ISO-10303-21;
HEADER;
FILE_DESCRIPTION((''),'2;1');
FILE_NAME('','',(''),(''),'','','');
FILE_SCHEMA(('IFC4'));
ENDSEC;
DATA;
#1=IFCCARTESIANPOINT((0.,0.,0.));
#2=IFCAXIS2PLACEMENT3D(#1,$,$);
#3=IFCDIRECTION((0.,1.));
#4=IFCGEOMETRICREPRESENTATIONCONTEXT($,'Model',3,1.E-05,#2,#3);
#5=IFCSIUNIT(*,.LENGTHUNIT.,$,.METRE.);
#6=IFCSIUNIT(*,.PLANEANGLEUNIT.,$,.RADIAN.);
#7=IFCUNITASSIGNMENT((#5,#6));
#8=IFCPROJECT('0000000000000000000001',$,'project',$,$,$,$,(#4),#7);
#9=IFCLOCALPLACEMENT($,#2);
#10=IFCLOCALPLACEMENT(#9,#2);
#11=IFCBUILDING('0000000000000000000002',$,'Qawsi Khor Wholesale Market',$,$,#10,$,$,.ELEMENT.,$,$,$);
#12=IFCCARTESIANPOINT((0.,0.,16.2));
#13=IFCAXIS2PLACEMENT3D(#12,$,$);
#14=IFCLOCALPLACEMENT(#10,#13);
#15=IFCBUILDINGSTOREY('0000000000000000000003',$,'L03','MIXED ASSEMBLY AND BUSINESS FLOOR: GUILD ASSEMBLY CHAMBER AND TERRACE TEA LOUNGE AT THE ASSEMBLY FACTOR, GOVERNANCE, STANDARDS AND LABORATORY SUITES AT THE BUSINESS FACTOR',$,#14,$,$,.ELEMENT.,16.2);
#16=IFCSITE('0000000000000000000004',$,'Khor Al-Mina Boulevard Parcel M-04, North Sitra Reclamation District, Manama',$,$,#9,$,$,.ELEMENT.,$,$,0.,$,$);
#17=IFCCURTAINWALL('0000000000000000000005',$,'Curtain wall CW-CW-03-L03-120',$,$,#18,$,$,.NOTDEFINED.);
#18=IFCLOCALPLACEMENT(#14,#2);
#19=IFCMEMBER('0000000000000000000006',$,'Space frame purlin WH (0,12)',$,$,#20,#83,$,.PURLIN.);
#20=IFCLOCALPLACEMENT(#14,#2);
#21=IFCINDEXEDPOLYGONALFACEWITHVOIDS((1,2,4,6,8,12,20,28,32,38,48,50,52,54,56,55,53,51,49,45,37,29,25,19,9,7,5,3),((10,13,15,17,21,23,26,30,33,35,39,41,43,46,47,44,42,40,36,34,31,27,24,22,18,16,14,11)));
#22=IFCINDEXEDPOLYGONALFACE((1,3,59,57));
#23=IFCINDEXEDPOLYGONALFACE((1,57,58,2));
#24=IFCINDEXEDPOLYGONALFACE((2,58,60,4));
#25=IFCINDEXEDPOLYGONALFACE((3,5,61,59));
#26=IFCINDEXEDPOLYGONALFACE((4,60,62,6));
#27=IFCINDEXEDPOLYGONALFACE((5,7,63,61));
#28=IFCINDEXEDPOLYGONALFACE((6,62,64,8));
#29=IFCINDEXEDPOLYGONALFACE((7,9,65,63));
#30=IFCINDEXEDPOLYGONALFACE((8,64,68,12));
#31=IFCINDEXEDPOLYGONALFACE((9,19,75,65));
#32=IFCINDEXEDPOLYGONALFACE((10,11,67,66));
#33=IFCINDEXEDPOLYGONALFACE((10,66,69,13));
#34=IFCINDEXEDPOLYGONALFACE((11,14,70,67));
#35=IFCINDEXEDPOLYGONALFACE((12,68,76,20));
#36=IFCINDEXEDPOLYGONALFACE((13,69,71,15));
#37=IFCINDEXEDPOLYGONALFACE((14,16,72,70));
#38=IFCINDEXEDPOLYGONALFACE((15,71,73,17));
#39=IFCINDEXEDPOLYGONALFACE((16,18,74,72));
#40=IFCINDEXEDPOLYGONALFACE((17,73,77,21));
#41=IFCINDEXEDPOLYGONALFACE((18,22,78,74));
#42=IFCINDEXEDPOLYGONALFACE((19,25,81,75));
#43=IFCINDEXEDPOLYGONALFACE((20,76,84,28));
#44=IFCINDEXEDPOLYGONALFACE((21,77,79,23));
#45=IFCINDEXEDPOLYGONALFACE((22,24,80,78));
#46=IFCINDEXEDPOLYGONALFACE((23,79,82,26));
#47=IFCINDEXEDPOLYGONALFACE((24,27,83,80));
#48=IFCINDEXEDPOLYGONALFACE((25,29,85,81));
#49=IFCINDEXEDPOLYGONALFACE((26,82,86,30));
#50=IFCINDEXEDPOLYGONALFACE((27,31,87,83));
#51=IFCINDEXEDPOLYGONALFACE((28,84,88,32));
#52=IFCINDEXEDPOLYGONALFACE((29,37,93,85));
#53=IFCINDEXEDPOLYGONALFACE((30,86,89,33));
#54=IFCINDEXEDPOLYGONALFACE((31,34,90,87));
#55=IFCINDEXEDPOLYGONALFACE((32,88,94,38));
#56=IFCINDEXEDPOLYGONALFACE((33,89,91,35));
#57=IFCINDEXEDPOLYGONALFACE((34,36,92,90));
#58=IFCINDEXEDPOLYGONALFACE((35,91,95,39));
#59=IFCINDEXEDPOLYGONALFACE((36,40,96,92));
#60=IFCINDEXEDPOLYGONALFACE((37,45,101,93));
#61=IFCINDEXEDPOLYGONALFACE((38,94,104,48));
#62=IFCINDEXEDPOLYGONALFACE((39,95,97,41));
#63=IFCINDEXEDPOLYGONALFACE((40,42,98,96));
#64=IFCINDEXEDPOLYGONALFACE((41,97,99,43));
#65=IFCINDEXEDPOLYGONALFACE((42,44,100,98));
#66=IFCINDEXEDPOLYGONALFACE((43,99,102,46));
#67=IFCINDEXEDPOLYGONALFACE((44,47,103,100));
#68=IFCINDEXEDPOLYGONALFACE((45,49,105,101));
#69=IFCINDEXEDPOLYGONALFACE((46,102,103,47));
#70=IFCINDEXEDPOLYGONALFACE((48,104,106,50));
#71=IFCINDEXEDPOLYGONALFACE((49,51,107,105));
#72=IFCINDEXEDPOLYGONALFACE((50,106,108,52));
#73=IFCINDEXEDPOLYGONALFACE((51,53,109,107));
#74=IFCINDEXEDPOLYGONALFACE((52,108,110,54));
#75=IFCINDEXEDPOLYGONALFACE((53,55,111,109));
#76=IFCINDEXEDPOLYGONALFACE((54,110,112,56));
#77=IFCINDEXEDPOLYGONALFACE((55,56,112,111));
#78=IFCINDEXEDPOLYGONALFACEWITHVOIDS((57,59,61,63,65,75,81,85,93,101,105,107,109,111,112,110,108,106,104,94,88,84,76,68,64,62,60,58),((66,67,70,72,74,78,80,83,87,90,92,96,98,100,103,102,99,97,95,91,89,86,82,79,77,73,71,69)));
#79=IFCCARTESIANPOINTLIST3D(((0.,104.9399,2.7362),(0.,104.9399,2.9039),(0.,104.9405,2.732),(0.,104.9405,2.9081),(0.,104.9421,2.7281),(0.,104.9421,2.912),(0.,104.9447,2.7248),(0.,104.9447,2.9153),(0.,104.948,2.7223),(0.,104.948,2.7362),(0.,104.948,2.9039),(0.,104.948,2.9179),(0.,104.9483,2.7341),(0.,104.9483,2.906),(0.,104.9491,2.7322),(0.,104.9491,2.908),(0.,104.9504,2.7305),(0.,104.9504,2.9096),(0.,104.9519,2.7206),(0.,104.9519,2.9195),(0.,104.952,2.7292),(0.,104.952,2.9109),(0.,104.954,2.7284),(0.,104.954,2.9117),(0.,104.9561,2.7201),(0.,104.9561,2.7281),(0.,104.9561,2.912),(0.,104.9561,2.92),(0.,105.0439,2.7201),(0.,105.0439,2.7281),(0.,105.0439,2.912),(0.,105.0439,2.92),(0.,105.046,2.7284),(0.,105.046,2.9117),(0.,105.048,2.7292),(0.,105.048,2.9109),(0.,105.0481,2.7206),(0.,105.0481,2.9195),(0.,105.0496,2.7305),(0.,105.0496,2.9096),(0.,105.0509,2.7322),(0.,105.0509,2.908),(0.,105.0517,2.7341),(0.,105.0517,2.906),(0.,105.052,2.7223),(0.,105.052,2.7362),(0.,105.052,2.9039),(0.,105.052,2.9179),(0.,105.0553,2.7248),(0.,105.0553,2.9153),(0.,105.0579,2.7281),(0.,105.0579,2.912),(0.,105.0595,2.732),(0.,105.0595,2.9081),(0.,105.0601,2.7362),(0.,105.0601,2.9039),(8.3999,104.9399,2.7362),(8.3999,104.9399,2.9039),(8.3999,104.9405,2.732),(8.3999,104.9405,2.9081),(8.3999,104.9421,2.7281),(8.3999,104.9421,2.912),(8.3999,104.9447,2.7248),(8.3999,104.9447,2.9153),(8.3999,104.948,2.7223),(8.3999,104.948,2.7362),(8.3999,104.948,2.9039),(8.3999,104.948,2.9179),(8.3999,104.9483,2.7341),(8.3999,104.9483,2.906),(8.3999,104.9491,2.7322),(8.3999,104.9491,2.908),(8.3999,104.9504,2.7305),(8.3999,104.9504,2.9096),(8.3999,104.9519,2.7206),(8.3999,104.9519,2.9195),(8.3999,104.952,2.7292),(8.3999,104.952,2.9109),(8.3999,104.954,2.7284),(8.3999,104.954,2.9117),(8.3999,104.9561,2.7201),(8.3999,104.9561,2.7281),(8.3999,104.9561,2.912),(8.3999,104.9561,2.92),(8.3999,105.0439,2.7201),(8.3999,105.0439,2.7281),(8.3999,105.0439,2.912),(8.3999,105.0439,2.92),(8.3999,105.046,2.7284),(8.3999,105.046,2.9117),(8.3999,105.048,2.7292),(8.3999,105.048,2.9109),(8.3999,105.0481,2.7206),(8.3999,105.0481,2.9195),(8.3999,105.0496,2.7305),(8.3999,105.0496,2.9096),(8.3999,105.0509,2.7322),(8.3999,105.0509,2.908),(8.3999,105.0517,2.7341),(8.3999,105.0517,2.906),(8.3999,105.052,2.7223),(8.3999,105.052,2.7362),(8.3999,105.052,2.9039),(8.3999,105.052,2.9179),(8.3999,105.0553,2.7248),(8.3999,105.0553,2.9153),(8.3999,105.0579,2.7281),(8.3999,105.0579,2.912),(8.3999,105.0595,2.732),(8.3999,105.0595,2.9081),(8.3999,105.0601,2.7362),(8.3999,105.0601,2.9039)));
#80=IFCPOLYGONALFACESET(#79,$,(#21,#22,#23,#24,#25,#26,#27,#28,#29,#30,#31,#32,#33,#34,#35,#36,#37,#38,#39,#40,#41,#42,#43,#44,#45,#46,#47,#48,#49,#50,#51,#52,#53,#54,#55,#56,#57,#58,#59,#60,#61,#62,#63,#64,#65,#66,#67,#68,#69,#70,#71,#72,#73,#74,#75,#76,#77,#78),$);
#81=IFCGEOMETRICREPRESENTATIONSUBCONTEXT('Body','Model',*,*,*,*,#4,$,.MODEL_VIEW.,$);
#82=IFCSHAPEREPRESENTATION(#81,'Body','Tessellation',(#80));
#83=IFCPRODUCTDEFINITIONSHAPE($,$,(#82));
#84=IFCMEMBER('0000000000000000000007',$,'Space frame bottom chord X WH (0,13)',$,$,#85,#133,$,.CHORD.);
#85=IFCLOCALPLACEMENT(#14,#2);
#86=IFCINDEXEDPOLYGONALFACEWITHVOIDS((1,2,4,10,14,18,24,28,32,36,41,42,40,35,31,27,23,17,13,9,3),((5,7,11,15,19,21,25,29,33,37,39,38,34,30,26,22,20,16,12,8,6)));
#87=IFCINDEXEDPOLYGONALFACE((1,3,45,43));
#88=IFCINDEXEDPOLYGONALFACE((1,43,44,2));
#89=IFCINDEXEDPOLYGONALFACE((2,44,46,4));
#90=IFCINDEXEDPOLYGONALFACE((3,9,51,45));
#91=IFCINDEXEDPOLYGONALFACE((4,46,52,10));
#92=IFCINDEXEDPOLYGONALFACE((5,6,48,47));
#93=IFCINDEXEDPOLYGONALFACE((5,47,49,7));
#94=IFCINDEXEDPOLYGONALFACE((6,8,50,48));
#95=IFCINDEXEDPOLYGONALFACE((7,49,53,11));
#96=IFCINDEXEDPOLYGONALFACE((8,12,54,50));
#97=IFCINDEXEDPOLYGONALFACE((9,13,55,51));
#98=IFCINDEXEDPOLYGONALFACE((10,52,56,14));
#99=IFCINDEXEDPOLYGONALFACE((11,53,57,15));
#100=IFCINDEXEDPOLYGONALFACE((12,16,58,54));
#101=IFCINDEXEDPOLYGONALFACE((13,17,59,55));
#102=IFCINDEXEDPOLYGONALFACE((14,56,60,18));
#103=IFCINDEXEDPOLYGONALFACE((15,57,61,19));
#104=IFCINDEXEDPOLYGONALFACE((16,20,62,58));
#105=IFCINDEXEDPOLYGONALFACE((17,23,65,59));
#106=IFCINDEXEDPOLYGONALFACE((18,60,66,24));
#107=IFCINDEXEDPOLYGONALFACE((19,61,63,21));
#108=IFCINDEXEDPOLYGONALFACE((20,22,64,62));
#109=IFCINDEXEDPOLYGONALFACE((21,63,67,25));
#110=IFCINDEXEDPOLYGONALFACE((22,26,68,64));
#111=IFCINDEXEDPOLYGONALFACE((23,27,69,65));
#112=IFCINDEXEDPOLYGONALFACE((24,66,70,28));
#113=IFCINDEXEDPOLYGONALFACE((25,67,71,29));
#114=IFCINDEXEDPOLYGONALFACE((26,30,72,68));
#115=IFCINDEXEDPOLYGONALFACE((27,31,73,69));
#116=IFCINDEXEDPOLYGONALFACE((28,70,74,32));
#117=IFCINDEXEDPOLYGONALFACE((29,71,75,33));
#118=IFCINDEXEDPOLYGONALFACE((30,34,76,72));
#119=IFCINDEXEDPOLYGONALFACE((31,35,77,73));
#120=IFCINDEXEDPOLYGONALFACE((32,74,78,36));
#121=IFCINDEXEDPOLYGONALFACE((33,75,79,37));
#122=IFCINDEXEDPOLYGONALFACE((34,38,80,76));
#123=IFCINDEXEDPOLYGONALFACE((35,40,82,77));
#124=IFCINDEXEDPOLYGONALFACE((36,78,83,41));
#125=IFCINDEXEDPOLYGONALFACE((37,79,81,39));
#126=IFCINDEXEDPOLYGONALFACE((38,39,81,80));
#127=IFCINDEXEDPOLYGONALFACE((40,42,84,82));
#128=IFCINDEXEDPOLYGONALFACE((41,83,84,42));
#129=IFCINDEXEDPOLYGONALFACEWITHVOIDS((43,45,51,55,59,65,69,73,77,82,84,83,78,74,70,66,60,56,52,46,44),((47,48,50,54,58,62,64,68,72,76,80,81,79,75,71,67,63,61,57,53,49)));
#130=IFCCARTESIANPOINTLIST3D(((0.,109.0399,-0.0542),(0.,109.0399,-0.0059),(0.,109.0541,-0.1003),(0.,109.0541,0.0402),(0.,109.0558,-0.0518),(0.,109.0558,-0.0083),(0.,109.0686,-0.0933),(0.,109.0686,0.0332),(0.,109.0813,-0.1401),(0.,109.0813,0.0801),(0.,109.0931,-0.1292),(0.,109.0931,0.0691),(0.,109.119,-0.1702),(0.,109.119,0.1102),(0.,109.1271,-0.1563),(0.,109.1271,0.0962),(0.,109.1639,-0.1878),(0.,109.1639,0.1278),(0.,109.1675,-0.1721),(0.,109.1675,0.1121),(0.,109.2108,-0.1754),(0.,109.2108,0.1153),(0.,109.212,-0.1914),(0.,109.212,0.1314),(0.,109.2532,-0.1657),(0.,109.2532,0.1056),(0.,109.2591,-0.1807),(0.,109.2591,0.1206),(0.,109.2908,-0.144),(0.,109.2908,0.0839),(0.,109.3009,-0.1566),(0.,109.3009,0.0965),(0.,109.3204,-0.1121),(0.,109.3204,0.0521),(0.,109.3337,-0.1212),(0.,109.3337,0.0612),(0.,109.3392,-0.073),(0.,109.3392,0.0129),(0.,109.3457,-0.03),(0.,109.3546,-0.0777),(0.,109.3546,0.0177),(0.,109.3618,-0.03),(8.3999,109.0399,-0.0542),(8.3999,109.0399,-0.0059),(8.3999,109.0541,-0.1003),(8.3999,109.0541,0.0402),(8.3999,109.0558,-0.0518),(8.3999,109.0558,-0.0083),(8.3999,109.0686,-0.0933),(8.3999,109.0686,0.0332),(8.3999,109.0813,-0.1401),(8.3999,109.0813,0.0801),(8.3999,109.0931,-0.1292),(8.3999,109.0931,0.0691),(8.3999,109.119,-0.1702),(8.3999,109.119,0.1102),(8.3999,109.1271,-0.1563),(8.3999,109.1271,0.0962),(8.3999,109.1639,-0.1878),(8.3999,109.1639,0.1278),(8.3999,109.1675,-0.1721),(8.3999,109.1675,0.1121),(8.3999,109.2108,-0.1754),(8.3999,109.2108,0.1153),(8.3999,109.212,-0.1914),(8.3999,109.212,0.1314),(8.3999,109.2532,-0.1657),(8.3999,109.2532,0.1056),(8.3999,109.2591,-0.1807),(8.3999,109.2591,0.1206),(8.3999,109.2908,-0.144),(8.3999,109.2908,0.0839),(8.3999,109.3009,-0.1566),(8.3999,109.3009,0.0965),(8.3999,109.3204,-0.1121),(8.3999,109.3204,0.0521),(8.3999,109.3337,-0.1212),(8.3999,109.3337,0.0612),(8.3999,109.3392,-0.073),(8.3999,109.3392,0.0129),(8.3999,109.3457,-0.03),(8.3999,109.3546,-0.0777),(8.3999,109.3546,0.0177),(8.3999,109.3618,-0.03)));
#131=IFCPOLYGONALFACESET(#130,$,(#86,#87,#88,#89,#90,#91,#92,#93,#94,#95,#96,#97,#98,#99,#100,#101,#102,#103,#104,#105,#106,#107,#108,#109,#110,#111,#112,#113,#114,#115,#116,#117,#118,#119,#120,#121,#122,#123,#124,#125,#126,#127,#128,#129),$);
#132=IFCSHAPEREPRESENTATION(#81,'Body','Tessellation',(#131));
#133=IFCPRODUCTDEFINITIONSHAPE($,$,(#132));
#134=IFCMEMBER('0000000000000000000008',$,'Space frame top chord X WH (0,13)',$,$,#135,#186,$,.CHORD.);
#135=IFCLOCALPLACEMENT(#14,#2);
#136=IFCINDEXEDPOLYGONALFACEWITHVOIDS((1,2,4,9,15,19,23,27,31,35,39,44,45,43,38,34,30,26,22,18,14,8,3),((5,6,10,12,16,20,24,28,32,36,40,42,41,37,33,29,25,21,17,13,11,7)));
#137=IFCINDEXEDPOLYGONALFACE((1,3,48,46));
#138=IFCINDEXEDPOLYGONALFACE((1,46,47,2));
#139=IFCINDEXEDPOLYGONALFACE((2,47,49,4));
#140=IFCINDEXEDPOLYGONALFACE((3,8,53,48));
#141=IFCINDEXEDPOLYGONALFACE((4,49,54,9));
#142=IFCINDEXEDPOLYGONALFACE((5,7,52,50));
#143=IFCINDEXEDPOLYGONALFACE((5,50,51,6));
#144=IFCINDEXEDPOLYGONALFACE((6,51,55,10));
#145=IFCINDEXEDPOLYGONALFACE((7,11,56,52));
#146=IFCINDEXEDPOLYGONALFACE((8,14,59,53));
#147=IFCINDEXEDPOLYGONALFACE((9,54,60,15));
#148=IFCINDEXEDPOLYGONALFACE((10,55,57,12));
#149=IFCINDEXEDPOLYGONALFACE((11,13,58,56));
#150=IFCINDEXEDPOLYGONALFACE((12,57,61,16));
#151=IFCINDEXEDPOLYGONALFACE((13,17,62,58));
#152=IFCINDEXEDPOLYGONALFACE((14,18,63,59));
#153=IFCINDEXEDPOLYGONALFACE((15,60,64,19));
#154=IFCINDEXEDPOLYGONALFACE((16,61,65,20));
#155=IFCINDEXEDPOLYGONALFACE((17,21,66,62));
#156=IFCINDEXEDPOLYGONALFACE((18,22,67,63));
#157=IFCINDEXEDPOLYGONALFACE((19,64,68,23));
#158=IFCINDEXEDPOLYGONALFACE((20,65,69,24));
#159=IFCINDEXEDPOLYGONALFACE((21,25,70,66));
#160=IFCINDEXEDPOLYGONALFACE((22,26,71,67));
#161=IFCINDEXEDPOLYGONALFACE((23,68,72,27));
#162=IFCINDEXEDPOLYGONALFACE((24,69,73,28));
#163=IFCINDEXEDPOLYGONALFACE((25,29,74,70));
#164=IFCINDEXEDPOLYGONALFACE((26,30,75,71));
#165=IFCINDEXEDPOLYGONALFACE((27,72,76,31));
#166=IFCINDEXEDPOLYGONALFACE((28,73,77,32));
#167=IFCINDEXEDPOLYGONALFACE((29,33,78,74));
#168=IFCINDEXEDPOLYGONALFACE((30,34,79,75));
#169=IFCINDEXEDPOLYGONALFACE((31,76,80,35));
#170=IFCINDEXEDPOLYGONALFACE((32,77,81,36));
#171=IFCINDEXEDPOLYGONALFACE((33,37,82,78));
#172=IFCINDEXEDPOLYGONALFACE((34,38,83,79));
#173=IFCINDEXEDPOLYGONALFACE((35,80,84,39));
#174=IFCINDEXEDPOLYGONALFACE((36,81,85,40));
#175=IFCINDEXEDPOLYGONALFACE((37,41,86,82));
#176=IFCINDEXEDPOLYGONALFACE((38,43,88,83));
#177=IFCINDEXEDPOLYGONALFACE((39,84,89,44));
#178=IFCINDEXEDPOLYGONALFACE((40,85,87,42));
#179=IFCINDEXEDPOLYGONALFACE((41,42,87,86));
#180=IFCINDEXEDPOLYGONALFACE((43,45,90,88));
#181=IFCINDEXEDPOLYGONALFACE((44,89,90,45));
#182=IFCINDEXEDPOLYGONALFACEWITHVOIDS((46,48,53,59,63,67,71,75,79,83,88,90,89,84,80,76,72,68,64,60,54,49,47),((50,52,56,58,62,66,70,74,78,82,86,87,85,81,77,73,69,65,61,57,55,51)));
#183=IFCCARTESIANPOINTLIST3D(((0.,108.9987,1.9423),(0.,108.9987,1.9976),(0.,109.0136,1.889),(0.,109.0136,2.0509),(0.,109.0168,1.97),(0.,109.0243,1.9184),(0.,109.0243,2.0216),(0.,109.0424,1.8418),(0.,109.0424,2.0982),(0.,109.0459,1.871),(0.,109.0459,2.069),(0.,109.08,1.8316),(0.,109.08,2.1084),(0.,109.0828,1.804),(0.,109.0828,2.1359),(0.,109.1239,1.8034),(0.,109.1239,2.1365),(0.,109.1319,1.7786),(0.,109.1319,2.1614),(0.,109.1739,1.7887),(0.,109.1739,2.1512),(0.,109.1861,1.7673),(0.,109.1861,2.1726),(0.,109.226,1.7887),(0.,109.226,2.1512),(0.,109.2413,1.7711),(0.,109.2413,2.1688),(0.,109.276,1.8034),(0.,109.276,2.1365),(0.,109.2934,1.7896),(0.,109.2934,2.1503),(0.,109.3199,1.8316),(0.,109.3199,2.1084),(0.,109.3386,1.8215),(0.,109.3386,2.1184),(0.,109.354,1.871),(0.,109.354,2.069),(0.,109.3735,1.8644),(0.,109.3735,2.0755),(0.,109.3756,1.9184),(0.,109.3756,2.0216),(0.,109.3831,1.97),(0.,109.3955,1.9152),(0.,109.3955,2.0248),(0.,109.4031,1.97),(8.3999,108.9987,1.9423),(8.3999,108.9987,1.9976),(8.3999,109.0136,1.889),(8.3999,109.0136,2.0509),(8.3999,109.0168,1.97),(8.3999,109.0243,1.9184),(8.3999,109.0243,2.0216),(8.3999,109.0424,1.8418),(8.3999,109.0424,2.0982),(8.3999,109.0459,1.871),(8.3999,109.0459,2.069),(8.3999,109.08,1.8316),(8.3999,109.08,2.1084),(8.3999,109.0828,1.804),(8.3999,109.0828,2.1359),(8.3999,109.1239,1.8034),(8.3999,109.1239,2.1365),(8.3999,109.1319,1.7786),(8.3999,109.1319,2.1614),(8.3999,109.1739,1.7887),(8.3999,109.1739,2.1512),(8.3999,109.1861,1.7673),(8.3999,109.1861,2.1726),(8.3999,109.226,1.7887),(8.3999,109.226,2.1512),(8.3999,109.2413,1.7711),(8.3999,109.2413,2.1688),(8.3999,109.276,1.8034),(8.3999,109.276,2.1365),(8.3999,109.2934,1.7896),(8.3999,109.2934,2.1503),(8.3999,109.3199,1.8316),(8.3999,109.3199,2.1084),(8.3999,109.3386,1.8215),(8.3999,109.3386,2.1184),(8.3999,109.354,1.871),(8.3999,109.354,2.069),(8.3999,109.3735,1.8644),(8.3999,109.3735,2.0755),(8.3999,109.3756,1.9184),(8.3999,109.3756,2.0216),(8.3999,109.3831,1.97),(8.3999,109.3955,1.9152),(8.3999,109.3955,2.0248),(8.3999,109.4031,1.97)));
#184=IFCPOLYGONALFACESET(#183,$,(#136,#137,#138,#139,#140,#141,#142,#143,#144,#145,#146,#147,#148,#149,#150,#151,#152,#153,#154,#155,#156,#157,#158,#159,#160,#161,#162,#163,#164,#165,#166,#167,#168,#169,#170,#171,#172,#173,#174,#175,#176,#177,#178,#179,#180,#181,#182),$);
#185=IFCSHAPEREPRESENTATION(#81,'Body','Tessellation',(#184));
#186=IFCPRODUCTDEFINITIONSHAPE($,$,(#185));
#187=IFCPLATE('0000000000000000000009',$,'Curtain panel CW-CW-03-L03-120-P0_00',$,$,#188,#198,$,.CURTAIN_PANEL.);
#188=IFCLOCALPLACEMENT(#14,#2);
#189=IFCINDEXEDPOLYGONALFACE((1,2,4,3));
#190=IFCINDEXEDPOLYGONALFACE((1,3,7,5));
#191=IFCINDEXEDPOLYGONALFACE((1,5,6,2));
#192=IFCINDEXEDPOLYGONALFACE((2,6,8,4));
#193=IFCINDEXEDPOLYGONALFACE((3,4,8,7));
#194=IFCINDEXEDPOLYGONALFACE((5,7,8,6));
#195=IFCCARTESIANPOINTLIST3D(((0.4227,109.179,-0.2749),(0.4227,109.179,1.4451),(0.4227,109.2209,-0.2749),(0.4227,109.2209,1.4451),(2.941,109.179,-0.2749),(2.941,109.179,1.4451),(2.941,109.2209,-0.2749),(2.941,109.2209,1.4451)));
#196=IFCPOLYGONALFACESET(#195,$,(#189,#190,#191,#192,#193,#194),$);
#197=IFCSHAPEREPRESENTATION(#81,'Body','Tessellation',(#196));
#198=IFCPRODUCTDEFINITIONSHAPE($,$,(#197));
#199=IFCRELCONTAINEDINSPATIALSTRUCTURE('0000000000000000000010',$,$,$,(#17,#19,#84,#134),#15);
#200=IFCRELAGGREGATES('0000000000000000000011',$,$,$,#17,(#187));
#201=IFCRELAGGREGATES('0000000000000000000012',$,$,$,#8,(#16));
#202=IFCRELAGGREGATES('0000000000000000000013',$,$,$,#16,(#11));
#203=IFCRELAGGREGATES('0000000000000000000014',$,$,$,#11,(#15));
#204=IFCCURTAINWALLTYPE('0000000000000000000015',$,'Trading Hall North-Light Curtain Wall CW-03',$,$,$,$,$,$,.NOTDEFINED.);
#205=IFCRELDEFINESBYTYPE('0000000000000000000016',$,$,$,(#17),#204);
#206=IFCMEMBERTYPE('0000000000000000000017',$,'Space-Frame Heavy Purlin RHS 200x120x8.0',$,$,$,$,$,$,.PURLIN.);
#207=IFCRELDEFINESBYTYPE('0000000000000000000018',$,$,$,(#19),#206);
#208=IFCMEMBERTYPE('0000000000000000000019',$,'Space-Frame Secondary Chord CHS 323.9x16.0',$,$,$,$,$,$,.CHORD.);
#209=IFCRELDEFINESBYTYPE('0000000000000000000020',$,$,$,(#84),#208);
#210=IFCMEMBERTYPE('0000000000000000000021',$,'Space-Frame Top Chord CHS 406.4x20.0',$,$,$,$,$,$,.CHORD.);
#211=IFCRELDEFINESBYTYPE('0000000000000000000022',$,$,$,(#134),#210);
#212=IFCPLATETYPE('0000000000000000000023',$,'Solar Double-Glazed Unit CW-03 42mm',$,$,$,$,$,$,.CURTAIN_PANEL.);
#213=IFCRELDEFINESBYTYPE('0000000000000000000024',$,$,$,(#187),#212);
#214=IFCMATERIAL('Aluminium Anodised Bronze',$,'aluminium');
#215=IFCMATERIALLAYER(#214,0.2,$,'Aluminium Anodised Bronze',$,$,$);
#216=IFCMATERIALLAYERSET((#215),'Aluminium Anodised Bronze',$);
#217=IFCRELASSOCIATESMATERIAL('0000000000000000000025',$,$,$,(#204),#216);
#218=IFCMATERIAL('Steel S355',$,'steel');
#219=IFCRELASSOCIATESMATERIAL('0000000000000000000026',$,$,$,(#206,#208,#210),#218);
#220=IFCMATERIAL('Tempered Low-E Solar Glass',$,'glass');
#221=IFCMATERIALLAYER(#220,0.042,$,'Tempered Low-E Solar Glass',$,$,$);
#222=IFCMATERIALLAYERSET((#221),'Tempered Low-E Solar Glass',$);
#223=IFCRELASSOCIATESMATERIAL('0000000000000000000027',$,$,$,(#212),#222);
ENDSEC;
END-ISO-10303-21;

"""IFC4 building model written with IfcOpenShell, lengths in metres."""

from ifc_helpers import new_model, si_unit, direction, frame, frame_2d, origin, origin_2d, place, context, subcontext, project, spatial, rectangle, hollow_rectangle, hollow_circle, extrude, material, layer, layer_set, material_profile, profile_set, type_object, element, aggregate, save


model = new_model("IFC4")

# Units and contexts
model_context = context("Model", 3, precision=1e-05, world=origin(), true_north=direction((0.0, 1.0)))
body_context = subcontext(model_context, "Body", "Model", "MODEL_VIEW")
ifc_project = project(units=[si_unit("LENGTHUNIT", "METRE"), si_unit("PLANEANGLEUNIT", "RADIAN")], contexts=[model_context])

# Site, building, storey
site_placement = place(None, origin())
site = spatial("IfcSite", under=ifc_project, at=site_placement, Name="Khor Al-Mina Boulevard Parcel M-04, North Sitra Reclamation District, Manama", CompositionType="ELEMENT", RefElevation=0.0)
building_placement = place(site_placement, origin())
building = spatial("IfcBuilding", under=site, at=building_placement, Name="Qawsi Khor Wholesale Market", CompositionType="ELEMENT")
storey_placement = place(building_placement, frame((0.0, 0.0, 16.2)))
storey = spatial("IfcBuildingStorey", under=building, at=storey_placement, Name="L03", Description="MIXED ASSEMBLY AND BUSINESS FLOOR: GUILD ASSEMBLY CHAMBER AND TERRACE TEA LOUNGE AT THE ASSEMBLY FACTOR, GOVERNANCE, STANDARDS AND LABORATORY SUITES AT THE BUSINESS FACTOR", CompositionType="ELEMENT", Elevation=16.2)

# Curtain wall
ifc_material_1 = material(Name="Aluminium Anodised Bronze", Category="aluminium")
ifc_layer_1 = layer(ifc_material_1, 0.2, Name="Aluminium Anodised Bronze")
ifc_layer_set_1 = layer_set([ifc_layer_1], Name="Aluminium Anodised Bronze")
curtain_wall_type = type_object("IfcCurtainWallType", Name="Trading Hall North-Light Curtain Wall CW-03", PredefinedType="NOTDEFINED", material=ifc_layer_set_1)
curtain_wall_1_placement = place(storey_placement, origin())
curtain_wall_1 = element("IfcCurtainWall", 1, at=curtain_wall_1_placement, inside=storey, type_object=curtain_wall_type, Name="Curtain wall CW-CW-03-L03-120", PredefinedType="NOTDEFINED")

# Members
ifc_material_2 = material(Name="Steel S355", Category="steel")
ifc_material_profile_1 = material_profile(ifc_material_2, hollow_rectangle(XDim=0.1201, YDim=0.2, WallThickness=0.0081, InnerFilletRadius=0.0081, OuterFilletRadius=0.0161, at=origin_2d()), Name="RHS 200x120x8.0")
ifc_profile_set_1 = profile_set([ifc_material_profile_1], Name="Steel S355")
member_type_1 = type_object("IfcMemberType", Name="Space-Frame Heavy Purlin RHS 200x120x8.0", PredefinedType="PURLIN", material=ifc_profile_set_1)
member_1_placement = place(storey_placement, frame((0.0, 105.0, 2.8201), z_axis=(1.0, 0.0, 0.0), x_axis=(0.0, 1.0, 0.0)))
element("IfcMember", 2, at=member_1_placement, inside=storey, type_object=member_type_1, Name="Space frame purlin WH (0,12)", PredefinedType="PURLIN", context=body_context, shape_type="SweptSolid", body=[
    extrude(hollow_rectangle(XDim=0.1201, YDim=0.2, WallThickness=0.0081, InnerFilletRadius=0.0081, OuterFilletRadius=0.0161, at=origin_2d()), origin(), (0.0, 0.0, 1.0), 8.3999),
])
ifc_material_profile_2 = material_profile(ifc_material_2, hollow_circle(Radius=0.1619, WallThickness=0.0161, at=origin_2d()), Name="CHS 323.9x16.0")
ifc_profile_set_2 = profile_set([ifc_material_profile_2], Name="Steel S355")
member_type_2 = type_object("IfcMemberType", Name="Space-Frame Secondary Chord CHS 323.9x16.0", PredefinedType="CHORD", material=ifc_profile_set_2)
member_2_placement = place(storey_placement, frame((0.0, 109.2, -0.03), z_axis=(1.0, 0.0, 0.0), x_axis=(0.0, 1.0, 0.0)))
element("IfcMember", 3, at=member_2_placement, inside=storey, type_object=member_type_2, Name="Space frame bottom chord X WH (0,13)", PredefinedType="CHORD", context=body_context, shape_type="SweptSolid", body=[
    extrude(hollow_circle(Radius=0.1619, WallThickness=0.0161, at=origin_2d()), origin(), (0.0, 0.0, 1.0), 8.3999),
])
ifc_material_profile_3 = material_profile(ifc_material_2, hollow_circle(Radius=0.2031, WallThickness=0.02, at=origin_2d()), Name="CHS 406.4x20.0")
ifc_profile_set_3 = profile_set([ifc_material_profile_3], Name="Steel S355")
member_type_3 = type_object("IfcMemberType", Name="Space-Frame Top Chord CHS 406.4x20.0", PredefinedType="CHORD", material=ifc_profile_set_3)
member_3_placement = place(storey_placement, frame((0.0, 109.2, 1.97), z_axis=(1.0, 0.0, 0.0), x_axis=(0.0, 1.0, 0.0)))
element("IfcMember", 4, at=member_3_placement, inside=storey, type_object=member_type_3, Name="Space frame top chord X WH (0,13)", PredefinedType="CHORD", context=body_context, shape_type="SweptSolid", body=[
    extrude(hollow_circle(Radius=0.2031, WallThickness=0.02, at=origin_2d()), origin(), (0.0, 0.0, 1.0), 8.3999),
])

# Plate
ifc_material_3 = material(Name="Tempered Low-E Solar Glass", Category="glass")
ifc_layer_2 = layer(ifc_material_3, 0.042, Name="Tempered Low-E Solar Glass")
ifc_layer_set_2 = layer_set([ifc_layer_2], Name="Tempered Low-E Solar Glass")
plate_type = type_object("IfcPlateType", Name="Solar Double-Glazed Unit CW-03 42mm", PredefinedType="CURTAIN_PANEL", material=ifc_layer_set_2)
plate_1_placement = place(storey_placement, frame((0.4226, 109.2, -0.2749), z_axis=(0.0, 0.0, 1.0), x_axis=(1.0, 0.0, 0.0)))
plate_1 = element("IfcPlate", 5, at=plate_1_placement, type_object=plate_type, Name="Curtain panel CW-CW-03-L03-120-P0_00", PredefinedType="CURTAIN_PANEL", context=body_context, shape_type="SweptSolid", body=[
    extrude(rectangle(XDim=2.5183, YDim=0.042, at=frame_2d((1.2593, 0.0))), origin(), (0.0, 0.0, 1.0), 1.72),
])
aggregate(curtain_wall_1, [plate_1])

save(model, "model.ifc")
